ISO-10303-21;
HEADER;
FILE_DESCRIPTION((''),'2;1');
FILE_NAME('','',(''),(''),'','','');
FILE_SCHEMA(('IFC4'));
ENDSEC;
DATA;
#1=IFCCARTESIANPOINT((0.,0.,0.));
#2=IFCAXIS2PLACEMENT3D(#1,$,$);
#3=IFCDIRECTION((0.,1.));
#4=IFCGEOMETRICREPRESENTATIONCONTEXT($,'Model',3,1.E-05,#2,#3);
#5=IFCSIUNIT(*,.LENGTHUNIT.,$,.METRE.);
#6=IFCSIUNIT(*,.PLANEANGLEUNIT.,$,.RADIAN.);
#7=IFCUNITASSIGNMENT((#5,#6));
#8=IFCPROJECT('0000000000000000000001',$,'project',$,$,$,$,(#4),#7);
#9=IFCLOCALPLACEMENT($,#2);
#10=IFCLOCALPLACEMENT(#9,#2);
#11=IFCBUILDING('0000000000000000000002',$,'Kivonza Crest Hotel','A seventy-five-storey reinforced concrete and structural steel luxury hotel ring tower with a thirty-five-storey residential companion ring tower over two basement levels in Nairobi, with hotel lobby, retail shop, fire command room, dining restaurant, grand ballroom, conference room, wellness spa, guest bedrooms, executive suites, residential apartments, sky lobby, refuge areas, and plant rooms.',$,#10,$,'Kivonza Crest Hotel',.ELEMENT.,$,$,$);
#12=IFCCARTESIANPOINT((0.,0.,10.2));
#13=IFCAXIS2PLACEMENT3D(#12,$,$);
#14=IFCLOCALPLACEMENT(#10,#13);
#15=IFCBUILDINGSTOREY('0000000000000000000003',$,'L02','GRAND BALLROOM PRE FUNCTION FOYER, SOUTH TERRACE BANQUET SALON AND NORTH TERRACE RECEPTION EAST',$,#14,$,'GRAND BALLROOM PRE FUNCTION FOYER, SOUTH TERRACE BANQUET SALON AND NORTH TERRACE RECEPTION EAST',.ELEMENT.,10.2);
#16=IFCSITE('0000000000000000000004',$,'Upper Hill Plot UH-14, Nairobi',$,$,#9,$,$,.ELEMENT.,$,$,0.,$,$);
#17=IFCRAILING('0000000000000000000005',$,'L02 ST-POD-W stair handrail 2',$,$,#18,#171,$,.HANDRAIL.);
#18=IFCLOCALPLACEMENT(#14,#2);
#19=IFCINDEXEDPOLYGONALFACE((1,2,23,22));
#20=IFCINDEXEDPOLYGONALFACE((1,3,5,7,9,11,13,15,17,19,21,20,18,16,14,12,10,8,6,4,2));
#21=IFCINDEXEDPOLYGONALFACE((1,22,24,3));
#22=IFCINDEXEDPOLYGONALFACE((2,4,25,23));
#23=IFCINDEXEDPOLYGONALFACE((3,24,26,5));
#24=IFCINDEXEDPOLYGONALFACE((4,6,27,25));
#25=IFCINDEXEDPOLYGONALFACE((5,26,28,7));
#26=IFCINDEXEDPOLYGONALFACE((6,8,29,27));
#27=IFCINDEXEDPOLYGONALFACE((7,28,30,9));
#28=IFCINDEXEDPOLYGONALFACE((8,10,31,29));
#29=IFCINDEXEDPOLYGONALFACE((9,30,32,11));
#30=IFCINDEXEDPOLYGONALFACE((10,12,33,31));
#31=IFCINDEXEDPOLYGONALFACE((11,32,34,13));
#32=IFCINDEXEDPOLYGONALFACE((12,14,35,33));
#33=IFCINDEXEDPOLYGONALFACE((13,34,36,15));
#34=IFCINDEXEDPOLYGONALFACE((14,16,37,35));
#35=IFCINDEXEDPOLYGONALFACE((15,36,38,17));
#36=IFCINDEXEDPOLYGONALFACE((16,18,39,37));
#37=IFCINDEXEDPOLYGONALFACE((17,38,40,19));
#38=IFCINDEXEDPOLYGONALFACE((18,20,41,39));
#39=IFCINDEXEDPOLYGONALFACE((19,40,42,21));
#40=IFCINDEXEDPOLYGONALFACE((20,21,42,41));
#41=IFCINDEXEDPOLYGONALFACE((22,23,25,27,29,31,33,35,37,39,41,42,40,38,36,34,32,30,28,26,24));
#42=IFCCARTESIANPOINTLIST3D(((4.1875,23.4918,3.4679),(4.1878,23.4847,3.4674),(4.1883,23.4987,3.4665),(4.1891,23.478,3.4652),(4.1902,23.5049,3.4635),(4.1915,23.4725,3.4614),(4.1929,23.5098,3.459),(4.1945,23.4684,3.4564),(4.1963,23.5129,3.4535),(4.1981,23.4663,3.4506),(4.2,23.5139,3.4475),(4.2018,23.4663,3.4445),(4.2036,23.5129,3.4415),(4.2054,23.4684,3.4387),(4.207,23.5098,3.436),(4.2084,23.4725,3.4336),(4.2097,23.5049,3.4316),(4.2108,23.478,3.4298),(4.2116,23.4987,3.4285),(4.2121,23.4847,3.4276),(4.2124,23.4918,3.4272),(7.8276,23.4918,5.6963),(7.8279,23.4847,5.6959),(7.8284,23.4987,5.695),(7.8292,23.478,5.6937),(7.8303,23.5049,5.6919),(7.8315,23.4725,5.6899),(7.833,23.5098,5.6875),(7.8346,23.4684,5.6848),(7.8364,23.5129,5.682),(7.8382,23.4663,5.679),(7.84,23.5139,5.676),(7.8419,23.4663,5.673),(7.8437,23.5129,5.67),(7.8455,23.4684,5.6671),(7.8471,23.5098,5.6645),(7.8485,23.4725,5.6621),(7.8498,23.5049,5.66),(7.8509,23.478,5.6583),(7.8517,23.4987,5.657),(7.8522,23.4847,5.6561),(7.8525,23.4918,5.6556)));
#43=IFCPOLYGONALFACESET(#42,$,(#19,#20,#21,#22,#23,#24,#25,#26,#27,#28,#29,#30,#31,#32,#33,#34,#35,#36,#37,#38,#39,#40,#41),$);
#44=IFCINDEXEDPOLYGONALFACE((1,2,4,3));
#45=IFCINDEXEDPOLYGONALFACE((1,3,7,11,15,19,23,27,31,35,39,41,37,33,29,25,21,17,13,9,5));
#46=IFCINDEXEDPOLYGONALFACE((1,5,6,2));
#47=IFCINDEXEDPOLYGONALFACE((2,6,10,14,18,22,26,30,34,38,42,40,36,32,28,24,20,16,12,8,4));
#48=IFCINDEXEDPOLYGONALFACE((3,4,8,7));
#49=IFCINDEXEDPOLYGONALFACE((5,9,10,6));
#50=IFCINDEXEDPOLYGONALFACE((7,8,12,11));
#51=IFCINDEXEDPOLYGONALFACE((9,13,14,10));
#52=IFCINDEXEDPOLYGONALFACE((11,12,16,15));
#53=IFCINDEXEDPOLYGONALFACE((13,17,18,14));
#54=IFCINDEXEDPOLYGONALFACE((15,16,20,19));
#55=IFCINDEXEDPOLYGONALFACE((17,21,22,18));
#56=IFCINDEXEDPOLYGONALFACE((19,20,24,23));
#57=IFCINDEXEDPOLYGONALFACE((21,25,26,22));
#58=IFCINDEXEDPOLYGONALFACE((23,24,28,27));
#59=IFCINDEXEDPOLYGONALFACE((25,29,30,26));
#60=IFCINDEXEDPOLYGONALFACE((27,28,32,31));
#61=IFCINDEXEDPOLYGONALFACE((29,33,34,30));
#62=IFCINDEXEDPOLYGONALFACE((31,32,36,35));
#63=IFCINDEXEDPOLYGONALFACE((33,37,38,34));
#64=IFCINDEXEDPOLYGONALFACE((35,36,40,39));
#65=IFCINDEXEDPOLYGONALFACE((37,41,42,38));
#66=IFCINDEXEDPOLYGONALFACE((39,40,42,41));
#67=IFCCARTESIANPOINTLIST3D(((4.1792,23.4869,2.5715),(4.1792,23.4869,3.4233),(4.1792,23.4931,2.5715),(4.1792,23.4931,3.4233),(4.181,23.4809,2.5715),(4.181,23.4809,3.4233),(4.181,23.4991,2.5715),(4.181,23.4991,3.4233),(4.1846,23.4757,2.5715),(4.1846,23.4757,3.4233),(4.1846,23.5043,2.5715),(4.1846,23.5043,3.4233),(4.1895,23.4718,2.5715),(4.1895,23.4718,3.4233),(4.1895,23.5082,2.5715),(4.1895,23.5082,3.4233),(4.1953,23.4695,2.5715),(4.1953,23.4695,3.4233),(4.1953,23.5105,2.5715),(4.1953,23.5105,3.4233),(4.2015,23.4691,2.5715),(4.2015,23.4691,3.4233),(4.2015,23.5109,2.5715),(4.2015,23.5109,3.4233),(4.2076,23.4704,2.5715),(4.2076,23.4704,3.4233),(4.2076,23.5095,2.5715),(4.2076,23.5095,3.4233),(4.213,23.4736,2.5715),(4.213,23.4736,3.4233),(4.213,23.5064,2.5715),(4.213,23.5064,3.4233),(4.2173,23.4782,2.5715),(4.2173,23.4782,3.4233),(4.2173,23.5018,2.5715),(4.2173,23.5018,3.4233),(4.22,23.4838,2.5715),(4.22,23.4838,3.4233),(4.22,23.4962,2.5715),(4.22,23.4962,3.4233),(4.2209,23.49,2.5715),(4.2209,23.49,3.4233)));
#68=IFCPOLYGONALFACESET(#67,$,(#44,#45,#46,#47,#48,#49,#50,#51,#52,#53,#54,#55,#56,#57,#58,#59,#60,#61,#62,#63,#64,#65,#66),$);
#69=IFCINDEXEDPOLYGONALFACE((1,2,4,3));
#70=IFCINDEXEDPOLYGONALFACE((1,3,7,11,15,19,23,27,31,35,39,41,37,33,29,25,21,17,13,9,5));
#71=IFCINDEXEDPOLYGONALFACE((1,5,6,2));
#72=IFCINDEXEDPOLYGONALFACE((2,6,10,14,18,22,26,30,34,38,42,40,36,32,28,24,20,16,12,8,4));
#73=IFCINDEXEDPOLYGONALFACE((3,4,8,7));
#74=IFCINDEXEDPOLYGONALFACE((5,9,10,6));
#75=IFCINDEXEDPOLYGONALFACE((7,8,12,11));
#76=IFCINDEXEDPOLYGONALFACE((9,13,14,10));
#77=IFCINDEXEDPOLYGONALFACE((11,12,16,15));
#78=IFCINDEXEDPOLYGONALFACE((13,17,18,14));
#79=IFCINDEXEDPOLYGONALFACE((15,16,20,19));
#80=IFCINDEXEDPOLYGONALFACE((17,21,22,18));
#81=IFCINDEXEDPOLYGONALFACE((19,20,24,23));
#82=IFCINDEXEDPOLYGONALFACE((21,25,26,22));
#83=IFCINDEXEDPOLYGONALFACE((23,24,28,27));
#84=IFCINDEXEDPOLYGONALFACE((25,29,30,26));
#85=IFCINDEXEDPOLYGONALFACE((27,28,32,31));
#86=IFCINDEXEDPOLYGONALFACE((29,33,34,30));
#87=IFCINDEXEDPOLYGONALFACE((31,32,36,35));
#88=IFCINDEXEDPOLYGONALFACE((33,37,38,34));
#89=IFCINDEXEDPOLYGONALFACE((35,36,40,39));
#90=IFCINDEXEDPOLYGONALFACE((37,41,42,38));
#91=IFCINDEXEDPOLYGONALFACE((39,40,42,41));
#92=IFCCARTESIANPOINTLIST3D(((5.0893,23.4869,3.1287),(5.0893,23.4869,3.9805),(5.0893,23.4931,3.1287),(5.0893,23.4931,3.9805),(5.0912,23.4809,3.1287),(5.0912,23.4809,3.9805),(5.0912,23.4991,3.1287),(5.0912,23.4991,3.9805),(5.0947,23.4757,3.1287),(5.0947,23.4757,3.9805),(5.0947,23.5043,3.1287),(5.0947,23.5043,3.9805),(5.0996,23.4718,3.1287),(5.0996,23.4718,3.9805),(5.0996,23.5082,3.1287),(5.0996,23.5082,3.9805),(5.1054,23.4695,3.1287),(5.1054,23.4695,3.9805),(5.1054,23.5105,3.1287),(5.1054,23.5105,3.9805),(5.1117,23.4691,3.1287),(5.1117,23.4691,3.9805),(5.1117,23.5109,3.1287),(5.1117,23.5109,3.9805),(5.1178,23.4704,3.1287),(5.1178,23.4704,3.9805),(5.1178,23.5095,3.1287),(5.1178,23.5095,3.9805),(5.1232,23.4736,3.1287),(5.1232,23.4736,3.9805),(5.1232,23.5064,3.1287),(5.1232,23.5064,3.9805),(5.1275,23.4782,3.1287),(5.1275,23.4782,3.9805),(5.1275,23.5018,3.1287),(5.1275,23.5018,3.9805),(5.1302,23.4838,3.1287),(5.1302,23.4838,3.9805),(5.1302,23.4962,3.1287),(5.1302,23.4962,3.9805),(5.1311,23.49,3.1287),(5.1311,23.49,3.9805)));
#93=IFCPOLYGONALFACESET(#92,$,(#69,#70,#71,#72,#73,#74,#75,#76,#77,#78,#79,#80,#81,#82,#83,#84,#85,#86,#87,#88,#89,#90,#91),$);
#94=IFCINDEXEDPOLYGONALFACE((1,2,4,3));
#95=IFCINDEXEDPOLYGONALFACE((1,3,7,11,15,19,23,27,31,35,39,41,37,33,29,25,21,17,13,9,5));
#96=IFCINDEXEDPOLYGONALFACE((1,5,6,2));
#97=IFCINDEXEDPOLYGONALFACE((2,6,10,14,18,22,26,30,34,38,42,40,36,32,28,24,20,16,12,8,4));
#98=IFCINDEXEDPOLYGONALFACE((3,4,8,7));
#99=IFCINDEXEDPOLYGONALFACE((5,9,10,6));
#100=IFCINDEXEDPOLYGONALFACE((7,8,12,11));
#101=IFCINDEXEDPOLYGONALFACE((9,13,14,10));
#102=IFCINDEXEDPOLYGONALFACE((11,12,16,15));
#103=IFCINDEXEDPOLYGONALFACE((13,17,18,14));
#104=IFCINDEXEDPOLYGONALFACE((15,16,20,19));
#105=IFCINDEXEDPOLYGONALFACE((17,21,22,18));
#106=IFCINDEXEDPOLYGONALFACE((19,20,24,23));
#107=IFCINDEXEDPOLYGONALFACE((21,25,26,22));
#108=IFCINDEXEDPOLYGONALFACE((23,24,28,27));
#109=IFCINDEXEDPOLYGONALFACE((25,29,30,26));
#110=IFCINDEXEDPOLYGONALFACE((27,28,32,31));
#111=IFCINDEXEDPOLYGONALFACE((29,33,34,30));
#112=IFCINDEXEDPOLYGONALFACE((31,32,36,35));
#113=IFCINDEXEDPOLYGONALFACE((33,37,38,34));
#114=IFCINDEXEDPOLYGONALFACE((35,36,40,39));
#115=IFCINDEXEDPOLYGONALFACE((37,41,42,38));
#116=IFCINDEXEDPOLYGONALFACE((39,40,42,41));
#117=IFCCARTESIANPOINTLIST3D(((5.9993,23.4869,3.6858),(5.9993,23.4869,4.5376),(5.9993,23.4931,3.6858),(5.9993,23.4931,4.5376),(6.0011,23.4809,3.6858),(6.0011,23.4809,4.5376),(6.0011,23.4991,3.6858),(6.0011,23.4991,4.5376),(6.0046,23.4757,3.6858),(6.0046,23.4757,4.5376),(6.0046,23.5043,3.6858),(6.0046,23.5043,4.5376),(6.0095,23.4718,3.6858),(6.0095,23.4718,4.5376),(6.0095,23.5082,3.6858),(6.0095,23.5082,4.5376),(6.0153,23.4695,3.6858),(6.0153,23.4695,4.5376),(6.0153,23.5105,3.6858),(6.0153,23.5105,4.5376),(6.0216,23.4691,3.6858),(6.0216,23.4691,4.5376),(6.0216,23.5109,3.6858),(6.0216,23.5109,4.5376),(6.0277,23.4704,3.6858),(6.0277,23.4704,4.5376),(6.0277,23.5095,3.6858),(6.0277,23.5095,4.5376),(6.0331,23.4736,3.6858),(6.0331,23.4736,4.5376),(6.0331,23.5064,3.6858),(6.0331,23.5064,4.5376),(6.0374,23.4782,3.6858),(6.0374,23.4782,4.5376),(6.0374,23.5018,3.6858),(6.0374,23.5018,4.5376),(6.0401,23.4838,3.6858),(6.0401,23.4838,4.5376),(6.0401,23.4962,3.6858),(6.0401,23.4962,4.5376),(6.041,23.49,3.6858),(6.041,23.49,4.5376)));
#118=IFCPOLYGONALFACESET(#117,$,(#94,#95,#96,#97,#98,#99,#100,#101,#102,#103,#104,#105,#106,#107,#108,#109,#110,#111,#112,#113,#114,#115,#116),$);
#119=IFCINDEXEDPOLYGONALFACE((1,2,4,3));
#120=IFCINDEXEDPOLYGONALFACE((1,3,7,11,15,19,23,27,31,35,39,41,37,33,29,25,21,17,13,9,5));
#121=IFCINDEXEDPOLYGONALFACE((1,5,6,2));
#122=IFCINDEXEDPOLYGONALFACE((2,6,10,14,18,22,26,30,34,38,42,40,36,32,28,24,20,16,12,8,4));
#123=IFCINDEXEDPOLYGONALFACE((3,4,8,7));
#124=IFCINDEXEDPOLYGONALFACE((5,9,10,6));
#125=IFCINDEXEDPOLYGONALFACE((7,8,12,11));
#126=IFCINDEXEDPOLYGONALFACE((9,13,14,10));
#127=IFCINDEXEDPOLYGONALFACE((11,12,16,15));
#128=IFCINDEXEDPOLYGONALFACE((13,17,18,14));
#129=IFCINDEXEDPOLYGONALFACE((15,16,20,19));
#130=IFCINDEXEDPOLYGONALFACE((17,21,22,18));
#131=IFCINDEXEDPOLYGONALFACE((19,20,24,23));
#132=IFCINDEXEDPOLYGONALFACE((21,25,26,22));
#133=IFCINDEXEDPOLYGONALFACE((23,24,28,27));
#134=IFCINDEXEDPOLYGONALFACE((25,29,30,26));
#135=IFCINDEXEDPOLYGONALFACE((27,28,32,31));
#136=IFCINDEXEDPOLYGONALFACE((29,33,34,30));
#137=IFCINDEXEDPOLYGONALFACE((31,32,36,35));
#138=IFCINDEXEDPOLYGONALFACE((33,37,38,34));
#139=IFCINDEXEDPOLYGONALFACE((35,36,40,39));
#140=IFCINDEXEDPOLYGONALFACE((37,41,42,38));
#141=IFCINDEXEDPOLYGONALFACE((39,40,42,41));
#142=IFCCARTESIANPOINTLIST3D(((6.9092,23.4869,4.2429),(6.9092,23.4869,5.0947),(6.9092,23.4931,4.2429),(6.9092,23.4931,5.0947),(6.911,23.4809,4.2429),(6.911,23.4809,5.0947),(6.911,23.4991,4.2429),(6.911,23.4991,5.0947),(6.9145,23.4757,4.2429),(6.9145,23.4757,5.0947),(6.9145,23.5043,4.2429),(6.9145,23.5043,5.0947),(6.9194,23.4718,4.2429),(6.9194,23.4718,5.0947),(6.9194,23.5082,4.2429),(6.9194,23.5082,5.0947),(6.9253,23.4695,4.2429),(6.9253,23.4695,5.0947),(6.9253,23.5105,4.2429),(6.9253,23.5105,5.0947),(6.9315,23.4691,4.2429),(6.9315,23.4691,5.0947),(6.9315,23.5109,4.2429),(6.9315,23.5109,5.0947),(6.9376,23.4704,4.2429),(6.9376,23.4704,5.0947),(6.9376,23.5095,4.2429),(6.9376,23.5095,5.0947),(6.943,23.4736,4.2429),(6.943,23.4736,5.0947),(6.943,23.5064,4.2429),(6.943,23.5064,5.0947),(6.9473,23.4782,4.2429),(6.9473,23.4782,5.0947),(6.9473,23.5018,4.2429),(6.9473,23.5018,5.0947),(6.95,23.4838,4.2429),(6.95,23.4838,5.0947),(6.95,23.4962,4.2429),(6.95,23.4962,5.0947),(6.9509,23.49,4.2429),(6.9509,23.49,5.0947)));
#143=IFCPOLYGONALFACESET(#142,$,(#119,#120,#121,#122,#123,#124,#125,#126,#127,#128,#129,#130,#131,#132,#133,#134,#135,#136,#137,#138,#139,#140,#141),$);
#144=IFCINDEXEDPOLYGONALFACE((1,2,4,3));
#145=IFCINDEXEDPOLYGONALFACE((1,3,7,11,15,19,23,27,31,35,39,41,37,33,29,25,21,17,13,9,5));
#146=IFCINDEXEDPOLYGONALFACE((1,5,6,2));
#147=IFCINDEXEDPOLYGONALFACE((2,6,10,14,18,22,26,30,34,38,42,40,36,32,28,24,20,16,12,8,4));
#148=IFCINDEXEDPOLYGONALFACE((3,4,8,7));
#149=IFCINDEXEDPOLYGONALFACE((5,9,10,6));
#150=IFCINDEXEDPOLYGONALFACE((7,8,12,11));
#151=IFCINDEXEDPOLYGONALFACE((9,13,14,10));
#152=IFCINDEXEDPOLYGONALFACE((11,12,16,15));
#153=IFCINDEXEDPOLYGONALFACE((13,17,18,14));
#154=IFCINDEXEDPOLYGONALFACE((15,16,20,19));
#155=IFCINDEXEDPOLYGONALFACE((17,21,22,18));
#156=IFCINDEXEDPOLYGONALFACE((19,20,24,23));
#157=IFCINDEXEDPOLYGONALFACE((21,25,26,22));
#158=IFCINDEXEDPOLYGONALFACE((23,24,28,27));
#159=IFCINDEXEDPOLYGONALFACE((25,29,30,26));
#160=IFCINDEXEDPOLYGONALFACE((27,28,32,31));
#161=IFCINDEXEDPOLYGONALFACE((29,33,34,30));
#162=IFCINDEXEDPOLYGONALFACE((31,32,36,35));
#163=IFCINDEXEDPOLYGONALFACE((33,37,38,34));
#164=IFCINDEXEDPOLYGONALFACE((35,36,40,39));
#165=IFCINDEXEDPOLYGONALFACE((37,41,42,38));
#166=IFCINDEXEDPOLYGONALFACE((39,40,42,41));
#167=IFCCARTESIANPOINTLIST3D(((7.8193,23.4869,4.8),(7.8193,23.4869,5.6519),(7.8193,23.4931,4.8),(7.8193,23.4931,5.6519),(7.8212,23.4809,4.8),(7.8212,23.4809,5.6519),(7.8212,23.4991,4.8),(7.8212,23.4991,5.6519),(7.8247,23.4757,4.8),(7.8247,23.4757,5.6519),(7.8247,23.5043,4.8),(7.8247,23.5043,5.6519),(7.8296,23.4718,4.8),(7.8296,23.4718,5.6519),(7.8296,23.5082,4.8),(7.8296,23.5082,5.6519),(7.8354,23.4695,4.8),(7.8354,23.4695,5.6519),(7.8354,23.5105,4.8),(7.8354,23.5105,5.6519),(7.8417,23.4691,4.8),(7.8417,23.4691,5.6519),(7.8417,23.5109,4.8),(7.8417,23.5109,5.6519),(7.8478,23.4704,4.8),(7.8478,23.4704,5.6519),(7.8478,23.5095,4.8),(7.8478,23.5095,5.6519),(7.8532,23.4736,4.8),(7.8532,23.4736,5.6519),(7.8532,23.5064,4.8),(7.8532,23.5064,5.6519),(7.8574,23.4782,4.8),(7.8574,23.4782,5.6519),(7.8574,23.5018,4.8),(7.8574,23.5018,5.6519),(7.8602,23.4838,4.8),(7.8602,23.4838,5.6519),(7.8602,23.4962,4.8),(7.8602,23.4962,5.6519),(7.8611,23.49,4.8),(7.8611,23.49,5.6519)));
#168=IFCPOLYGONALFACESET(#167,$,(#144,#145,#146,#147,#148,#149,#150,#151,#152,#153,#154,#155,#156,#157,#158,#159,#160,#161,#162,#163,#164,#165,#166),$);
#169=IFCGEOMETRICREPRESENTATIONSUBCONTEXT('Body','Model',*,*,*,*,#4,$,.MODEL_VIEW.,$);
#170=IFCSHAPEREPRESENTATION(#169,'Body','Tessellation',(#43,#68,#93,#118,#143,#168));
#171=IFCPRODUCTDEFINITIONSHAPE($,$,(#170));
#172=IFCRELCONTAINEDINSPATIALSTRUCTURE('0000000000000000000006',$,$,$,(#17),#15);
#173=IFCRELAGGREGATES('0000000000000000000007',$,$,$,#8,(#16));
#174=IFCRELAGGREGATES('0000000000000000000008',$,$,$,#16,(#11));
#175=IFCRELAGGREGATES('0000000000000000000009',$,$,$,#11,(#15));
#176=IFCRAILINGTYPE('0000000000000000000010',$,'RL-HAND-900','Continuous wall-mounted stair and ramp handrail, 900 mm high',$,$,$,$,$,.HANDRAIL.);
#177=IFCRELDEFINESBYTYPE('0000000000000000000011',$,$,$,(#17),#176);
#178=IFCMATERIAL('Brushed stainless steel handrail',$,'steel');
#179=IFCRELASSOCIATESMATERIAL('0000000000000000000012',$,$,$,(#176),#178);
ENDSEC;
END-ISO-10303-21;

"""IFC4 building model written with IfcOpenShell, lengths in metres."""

from ifc_helpers import new_model, si_unit, direction, frame, origin, origin_2d, place, context, subcontext, project, spatial, circle, extrude, material, type_object, element, save


model = new_model("IFC4")

# Units and contexts
model_context = context("Model", 3, precision=1e-05, world=origin(), true_north=direction((0.0, 1.0)))
body_context = subcontext(model_context, "Body", "Model", "MODEL_VIEW")
ifc_project = project(units=[si_unit("LENGTHUNIT", "METRE"), si_unit("PLANEANGLEUNIT", "RADIAN")], contexts=[model_context])

# Site, building, storey
site_placement = place(None, origin())
site = spatial("IfcSite", under=ifc_project, at=site_placement, Name="Upper Hill Plot UH-14, Nairobi", CompositionType="ELEMENT", RefElevation=0.0)
building_placement = place(site_placement, origin())
building = spatial("IfcBuilding", under=site, at=building_placement, Name="Kivonza Crest Hotel", Description="A seventy-five-storey reinforced concrete and structural steel luxury hotel ring tower with a thirty-five-storey residential companion ring tower over two basement levels in Nairobi, with hotel lobby, retail shop, fire command room, dining restaurant, grand ballroom, conference room, wellness spa, guest bedrooms, executive suites, residential apartments, sky lobby, refuge areas, and plant rooms.", LongName="Kivonza Crest Hotel", CompositionType="ELEMENT")
storey_placement = place(building_placement, frame((0.0, 0.0, 10.2)))
storey = spatial("IfcBuildingStorey", under=building, at=storey_placement, Name="L02", Description="GRAND BALLROOM PRE FUNCTION FOYER, SOUTH TERRACE BANQUET SALON AND NORTH TERRACE RECEPTION EAST", LongName="GRAND BALLROOM PRE FUNCTION FOYER, SOUTH TERRACE BANQUET SALON AND NORTH TERRACE RECEPTION EAST", CompositionType="ELEMENT", Elevation=10.2)

# Railing
ifc_material_1 = material(Name="Brushed stainless steel handrail", Category="steel")
railing_type = type_object("IfcRailingType", Name="RL-HAND-900", Description="Continuous wall-mounted stair and ramp handrail, 900 mm high", PredefinedType="HANDRAIL", material=ifc_material_1)
railing_placement = place(storey_placement, frame((4.2, 23.49, 2.5715)))
element("IfcRailing", 1, at=railing_placement, inside=storey, type_object=railing_type, Name="L02 ST-POD-W stair handrail 2", PredefinedType="HANDRAIL", context=body_context, shape_type="SweptSolid", body=[
    extrude(circle(Radius=0.0239, at=origin_2d()), frame((0.0, 0.0, 0.876), z_axis=(0.852866, 0.0, 0.52213), x_axis=(0.0, 1.0, 0.0)), (0.0, 0.0, 1.0), 4.2681),
    extrude(circle(Radius=0.021, at=origin_2d()), origin(), (0.0, 0.0, 1.0), 0.8518),
    extrude(circle(Radius=0.021, at=origin_2d()), frame((0.9102, 0.0, 0.5571)), (0.0, 0.0, 1.0), 0.8518),
    extrude(circle(Radius=0.021, at=origin_2d()), frame((1.8201, 0.0, 1.1143)), (0.0, 0.0, 1.0), 0.8518),
    extrude(circle(Radius=0.021, at=origin_2d()), frame((2.73, 0.0, 1.6714)), (0.0, 0.0, 1.0), 0.8518),
    extrude(circle(Radius=0.021, at=origin_2d()), frame((3.6401, 0.0, 2.2285)), (0.0, 0.0, 1.0), 0.8518),
])

save(model, "model.ifc")
